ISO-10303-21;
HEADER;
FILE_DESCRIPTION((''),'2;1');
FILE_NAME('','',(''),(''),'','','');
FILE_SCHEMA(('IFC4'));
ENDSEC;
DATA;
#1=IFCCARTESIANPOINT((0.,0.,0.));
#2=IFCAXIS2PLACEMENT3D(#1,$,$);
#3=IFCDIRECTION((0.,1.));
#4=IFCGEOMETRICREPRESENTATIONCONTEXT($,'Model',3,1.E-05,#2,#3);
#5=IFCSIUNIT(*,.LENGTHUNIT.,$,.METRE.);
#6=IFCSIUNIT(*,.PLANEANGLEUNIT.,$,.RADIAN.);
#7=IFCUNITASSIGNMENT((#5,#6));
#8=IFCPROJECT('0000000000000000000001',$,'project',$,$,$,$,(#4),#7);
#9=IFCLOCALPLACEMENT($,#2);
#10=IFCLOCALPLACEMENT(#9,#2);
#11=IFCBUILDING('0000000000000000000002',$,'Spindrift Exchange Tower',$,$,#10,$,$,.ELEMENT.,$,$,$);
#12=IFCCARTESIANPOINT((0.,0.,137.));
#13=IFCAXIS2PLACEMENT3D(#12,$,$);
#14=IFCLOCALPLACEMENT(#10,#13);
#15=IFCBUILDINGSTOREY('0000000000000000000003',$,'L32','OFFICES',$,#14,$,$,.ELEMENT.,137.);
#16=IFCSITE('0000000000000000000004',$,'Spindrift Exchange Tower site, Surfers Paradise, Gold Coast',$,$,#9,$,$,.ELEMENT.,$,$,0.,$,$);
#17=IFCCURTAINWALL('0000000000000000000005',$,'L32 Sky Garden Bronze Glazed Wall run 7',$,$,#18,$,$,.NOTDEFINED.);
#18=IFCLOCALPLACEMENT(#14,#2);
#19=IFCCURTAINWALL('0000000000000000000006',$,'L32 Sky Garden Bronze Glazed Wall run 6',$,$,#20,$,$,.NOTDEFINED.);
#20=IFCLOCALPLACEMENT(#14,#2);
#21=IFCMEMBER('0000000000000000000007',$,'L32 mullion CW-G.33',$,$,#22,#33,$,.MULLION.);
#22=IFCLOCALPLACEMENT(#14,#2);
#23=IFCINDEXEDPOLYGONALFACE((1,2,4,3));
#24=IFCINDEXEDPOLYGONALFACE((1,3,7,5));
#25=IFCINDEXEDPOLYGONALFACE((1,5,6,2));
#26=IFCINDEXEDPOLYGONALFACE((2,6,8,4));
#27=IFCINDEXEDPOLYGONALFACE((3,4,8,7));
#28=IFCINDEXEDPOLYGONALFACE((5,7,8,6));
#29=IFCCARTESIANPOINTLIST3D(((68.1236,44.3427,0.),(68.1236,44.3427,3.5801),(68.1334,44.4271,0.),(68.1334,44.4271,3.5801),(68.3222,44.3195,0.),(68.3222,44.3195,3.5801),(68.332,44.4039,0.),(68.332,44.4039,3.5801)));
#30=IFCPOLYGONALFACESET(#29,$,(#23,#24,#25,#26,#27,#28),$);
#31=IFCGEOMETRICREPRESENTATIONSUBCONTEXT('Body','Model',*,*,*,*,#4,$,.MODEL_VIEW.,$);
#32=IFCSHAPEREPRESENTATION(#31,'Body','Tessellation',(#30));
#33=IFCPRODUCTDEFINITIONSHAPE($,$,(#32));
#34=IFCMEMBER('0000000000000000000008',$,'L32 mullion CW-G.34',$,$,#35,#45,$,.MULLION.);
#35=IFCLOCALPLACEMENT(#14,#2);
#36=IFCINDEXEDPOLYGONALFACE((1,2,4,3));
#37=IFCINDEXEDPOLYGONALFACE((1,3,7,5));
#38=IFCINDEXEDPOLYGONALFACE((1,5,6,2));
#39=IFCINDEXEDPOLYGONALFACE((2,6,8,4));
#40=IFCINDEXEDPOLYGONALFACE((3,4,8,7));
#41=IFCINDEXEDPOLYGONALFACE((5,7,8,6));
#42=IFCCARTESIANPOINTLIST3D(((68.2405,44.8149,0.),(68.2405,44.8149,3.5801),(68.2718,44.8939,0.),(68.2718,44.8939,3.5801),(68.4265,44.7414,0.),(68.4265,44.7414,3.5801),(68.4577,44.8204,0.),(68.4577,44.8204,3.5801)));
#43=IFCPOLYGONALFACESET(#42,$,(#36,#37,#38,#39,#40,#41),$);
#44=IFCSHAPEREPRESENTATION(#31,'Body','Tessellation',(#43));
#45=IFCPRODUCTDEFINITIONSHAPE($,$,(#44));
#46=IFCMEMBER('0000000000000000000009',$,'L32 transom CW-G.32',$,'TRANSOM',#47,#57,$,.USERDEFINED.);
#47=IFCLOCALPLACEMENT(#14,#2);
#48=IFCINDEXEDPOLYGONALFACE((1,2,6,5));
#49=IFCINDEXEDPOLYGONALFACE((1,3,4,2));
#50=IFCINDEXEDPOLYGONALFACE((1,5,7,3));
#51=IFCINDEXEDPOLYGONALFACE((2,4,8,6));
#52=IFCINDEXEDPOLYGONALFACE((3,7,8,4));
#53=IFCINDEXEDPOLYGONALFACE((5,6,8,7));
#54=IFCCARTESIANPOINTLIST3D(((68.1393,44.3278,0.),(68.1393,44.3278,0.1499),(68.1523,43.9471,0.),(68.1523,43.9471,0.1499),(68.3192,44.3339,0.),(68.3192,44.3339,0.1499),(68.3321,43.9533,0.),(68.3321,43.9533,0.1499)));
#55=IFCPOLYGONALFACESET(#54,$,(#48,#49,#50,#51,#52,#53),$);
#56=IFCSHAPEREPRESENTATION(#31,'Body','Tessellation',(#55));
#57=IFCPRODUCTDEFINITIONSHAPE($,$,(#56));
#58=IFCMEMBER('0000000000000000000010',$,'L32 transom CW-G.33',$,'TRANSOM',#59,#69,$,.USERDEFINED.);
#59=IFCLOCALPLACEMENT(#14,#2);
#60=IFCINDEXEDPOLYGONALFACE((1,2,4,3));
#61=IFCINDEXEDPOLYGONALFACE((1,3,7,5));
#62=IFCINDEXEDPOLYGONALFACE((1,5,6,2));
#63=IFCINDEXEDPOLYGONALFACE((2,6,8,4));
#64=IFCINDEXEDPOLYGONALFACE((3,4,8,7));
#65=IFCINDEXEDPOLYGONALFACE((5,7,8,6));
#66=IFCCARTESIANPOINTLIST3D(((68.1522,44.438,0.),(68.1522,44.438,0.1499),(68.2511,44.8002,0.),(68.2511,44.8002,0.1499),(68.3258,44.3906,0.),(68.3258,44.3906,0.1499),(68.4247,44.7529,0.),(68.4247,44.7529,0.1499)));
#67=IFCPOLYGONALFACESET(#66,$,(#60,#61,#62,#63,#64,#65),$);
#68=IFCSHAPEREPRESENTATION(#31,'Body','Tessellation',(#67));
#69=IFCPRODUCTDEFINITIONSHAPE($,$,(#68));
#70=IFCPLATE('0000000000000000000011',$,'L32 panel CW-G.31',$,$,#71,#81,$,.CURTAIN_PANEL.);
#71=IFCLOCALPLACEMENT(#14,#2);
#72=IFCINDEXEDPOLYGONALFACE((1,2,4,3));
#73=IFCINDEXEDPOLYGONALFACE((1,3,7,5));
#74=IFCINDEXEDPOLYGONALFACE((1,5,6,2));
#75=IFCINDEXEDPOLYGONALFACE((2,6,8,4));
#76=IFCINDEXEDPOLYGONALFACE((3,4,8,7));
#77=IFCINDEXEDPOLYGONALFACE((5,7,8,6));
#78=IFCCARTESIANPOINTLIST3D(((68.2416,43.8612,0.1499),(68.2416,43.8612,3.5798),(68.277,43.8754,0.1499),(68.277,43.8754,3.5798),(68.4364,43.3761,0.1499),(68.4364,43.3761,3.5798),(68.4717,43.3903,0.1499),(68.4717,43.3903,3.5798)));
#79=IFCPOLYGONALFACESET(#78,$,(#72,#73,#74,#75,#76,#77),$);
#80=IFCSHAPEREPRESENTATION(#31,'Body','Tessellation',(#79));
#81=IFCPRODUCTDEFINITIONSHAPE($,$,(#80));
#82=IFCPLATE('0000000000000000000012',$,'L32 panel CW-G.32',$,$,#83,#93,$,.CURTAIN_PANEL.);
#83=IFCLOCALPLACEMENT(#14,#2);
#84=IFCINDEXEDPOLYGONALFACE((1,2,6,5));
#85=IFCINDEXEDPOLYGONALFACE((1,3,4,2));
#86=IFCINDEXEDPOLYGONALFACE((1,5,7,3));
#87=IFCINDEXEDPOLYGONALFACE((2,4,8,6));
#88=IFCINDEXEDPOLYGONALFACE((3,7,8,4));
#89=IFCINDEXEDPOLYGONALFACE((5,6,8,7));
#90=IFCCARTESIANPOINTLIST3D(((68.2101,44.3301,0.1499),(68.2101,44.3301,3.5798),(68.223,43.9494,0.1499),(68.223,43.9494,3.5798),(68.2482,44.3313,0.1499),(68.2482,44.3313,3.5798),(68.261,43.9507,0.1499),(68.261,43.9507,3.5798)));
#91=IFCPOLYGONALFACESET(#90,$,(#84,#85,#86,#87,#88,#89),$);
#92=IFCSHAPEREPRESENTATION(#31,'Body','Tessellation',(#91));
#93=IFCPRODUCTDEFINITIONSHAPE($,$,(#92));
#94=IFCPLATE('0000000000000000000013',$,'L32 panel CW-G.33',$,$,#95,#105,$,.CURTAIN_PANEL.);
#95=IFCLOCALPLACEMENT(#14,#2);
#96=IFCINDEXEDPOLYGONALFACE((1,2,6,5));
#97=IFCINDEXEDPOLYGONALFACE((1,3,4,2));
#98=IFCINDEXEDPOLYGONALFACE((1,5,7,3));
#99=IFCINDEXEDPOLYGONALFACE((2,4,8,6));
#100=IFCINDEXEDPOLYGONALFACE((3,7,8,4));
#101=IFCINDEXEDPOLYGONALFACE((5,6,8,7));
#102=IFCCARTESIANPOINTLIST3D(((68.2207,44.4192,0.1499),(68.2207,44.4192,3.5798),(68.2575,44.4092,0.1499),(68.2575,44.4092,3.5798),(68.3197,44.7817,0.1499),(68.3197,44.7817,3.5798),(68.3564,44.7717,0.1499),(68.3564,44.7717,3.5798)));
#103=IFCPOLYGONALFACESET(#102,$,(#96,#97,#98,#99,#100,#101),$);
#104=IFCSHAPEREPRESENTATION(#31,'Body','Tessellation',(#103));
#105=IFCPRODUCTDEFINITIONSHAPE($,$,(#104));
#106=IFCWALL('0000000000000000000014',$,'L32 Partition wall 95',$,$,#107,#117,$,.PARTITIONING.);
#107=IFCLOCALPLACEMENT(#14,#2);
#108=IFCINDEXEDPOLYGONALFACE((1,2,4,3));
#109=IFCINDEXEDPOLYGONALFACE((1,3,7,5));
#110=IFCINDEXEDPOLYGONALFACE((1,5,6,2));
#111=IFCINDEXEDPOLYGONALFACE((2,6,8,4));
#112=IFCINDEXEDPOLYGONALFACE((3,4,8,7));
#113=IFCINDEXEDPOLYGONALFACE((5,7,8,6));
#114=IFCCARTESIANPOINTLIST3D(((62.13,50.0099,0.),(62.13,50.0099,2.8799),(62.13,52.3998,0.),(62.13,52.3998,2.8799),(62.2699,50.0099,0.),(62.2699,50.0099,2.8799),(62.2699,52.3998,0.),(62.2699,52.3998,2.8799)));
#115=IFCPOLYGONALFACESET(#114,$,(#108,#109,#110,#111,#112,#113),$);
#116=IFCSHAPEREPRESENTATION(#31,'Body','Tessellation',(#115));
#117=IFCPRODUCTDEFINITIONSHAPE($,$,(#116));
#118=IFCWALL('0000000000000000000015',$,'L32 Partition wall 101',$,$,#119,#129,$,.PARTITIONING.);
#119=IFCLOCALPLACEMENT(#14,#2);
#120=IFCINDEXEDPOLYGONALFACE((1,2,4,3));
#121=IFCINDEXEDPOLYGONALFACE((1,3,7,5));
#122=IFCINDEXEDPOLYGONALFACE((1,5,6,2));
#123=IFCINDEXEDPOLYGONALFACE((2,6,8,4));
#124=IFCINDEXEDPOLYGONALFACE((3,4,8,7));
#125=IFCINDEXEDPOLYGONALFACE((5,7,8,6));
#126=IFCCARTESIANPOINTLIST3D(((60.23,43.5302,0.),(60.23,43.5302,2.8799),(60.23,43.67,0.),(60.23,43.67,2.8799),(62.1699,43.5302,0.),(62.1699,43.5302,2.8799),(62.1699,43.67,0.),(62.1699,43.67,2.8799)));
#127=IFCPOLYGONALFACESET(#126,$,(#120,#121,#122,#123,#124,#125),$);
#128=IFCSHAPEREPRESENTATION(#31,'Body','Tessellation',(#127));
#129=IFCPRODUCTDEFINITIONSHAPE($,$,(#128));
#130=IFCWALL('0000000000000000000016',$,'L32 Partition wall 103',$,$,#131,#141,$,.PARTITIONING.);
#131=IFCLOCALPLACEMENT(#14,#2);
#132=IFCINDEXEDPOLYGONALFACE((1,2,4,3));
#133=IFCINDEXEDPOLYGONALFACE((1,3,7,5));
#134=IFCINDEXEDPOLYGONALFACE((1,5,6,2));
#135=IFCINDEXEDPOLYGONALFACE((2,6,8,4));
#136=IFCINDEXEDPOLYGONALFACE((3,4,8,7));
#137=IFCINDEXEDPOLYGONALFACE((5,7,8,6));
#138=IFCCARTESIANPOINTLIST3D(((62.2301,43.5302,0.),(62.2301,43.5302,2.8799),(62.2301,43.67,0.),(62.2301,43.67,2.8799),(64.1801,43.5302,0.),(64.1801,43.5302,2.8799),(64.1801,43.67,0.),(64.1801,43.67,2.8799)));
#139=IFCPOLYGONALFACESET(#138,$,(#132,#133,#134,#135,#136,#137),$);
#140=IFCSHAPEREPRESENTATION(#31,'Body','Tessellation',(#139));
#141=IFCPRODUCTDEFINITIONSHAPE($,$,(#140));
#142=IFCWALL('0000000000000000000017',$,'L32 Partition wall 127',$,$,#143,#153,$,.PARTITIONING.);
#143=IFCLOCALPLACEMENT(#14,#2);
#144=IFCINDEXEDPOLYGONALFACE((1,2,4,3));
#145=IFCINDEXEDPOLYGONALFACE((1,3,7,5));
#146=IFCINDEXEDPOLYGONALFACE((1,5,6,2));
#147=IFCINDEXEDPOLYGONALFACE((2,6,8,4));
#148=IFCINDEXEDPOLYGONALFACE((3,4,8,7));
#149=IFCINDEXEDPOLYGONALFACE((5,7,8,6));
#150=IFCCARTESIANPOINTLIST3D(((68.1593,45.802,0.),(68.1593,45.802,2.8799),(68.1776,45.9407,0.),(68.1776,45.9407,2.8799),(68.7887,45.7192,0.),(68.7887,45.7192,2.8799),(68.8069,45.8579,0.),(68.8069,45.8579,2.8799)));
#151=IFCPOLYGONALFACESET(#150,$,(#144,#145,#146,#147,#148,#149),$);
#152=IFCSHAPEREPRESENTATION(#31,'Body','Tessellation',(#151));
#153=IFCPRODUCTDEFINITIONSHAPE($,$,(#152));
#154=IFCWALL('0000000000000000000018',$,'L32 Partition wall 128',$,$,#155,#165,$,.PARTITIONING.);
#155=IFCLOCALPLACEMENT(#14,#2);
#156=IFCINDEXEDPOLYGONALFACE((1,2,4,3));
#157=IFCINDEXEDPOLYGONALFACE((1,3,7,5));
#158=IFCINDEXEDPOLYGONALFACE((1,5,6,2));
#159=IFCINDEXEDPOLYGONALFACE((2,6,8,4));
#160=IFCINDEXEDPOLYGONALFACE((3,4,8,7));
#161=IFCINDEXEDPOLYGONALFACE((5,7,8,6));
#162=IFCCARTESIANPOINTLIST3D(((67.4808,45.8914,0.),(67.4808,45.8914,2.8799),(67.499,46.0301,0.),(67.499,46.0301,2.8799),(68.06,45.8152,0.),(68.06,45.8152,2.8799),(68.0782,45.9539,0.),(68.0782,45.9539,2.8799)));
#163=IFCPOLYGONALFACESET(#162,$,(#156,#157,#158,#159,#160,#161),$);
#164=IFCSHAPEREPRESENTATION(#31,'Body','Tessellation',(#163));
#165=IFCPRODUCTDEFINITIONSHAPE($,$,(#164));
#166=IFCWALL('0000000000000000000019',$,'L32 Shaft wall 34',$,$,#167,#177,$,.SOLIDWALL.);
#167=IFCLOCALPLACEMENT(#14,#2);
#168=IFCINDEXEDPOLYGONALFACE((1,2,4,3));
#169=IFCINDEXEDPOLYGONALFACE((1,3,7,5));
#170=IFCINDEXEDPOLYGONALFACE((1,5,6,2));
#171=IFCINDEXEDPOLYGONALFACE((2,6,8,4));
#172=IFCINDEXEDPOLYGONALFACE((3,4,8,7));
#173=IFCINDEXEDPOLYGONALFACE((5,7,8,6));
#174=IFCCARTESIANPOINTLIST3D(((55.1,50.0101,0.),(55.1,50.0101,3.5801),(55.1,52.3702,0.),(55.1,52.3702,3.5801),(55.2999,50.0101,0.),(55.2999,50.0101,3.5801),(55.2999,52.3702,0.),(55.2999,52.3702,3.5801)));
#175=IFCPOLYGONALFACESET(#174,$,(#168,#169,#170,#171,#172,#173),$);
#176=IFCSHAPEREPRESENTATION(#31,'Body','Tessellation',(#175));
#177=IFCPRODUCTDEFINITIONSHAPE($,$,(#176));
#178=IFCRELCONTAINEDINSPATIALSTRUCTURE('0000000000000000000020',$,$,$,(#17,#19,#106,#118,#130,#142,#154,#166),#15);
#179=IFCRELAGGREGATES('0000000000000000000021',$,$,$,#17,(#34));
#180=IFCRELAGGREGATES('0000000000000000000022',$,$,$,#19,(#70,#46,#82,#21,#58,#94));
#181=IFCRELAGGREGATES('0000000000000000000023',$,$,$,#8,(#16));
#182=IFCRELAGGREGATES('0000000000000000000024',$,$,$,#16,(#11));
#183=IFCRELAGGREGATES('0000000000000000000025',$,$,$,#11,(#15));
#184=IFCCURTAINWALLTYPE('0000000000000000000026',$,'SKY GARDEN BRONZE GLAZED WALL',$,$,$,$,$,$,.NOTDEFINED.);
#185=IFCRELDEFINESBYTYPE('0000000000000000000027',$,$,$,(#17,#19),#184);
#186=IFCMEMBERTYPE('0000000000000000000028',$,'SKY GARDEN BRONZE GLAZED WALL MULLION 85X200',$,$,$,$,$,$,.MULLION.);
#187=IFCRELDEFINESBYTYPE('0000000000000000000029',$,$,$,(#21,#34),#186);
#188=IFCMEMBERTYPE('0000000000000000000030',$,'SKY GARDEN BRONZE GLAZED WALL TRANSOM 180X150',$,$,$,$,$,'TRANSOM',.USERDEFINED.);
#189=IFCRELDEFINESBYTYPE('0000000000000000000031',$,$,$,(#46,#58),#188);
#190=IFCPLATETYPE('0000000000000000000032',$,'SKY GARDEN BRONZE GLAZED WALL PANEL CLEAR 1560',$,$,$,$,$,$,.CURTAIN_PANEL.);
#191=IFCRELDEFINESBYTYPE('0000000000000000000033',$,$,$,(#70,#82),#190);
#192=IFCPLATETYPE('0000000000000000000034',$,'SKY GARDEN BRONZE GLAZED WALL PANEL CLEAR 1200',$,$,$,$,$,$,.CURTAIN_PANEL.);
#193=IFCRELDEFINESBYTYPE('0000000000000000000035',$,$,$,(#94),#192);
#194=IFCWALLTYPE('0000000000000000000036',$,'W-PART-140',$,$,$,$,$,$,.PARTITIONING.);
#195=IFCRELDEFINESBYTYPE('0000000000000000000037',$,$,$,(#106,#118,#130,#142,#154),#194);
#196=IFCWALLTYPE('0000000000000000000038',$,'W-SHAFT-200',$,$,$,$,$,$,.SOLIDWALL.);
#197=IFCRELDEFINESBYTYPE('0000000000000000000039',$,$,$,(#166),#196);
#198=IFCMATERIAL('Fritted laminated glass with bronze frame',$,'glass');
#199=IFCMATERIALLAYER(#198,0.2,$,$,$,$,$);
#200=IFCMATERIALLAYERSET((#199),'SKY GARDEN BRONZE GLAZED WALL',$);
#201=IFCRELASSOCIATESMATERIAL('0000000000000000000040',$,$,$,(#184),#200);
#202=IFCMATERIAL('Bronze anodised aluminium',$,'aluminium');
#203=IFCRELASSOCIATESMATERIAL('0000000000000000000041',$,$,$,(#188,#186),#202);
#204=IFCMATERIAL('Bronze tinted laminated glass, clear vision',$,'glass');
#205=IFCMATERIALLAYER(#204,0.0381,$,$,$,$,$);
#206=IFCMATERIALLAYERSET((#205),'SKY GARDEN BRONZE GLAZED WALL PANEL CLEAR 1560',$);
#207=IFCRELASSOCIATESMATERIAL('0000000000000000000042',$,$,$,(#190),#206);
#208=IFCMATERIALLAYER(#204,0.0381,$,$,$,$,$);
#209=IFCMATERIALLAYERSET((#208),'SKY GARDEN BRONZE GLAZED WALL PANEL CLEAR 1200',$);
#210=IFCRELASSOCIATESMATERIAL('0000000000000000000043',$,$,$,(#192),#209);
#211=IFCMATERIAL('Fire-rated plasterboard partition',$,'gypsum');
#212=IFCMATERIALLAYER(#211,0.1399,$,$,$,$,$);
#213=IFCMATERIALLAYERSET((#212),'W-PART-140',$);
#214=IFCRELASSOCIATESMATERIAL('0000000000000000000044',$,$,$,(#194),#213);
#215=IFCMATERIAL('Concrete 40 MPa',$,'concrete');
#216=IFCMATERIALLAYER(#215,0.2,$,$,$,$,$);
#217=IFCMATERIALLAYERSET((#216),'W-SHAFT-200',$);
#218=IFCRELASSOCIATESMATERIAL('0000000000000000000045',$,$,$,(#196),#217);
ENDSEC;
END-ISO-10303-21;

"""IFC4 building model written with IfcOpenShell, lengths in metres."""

from ifc_helpers import new_model, si_unit, direction, frame, frame_2d, origin, origin_2d, place, context, subcontext, project, spatial, rectangle, extrude, source, transform, mapped, material, layer, layer_set, material_profile, profile_set, type_object, element, aggregate, save


model = new_model("IFC4")

# Units and contexts
model_context = context("Model", 3, precision=1e-05, world=origin(), true_north=direction((0.0, 1.0)))
body_context = subcontext(model_context, "Body", "Model", "MODEL_VIEW")
ifc_project = project(units=[si_unit("LENGTHUNIT", "METRE"), si_unit("PLANEANGLEUNIT", "RADIAN")], contexts=[model_context])

# Site, building, storey
site_placement = place(None, origin())
site = spatial("IfcSite", under=ifc_project, at=site_placement, Name="Spindrift Exchange Tower site, Surfers Paradise, Gold Coast", CompositionType="ELEMENT", RefElevation=0.0)
building_placement = place(site_placement, origin())
building = spatial("IfcBuilding", under=site, at=building_placement, Name="Spindrift Exchange Tower", CompositionType="ELEMENT")
storey_placement = place(building_placement, frame((0.0, 0.0, 137.0)))
storey = spatial("IfcBuildingStorey", under=building, at=storey_placement, Name="L32", Description="OFFICES", CompositionType="ELEMENT", Elevation=137.0)

# Curtain wall
ifc_material_1 = material(Name="Fritted laminated glass with bronze frame", Category="glass")
ifc_layer_1 = layer(ifc_material_1, 0.2)
ifc_layer_set_1 = layer_set([ifc_layer_1], Name="SKY GARDEN BRONZE GLAZED WALL")
curtain_wall_type = type_object("IfcCurtainWallType", Name="SKY GARDEN BRONZE GLAZED WALL", PredefinedType="NOTDEFINED", material=ifc_layer_set_1)
curtain_wall_1_placement = place(storey_placement, origin())
curtain_wall_1 = element("IfcCurtainWall", 1, at=curtain_wall_1_placement, inside=storey, type_object=curtain_wall_type, Name="L32 Sky Garden Bronze Glazed Wall run 7", PredefinedType="NOTDEFINED")
ifc_material_2 = material(Name="Bronze anodised aluminium", Category="aluminium")
ifc_material_profile_1 = material_profile(ifc_material_2, rectangle(XDim=0.1799, YDim=0.1499, at=origin_2d()), Name="SKY GARDEN BRONZE GLAZED WALL TRANSOM 180X150")
ifc_profile_set_1 = profile_set([ifc_material_profile_1], Name="Bronze anodised aluminium")
member_type_1 = type_object("IfcMemberType", Name="SKY GARDEN BRONZE GLAZED WALL TRANSOM 180X150", ElementType="TRANSOM", PredefinedType="USERDEFINED", material=ifc_profile_set_1)

# Curtain wall, member
curtain_wall_2_placement = place(storey_placement, origin())
curtain_wall_2 = element("IfcCurtainWall", 2, at=curtain_wall_2_placement, inside=storey, type_object=curtain_wall_type, Name="L32 Sky Garden Bronze Glazed Wall run 6", PredefinedType="NOTDEFINED")
ifc_material_profile_2 = material_profile(ifc_material_2, rectangle(XDim=0.085, YDim=0.2, at=origin_2d()), Name="SKY GARDEN BRONZE GLAZED WALL MULLION 85X200")
ifc_profile_set_2 = profile_set([ifc_material_profile_2], Name="Bronze anodised aluminium")
member_type_2 = type_object("IfcMemberType", Name="SKY GARDEN BRONZE GLAZED WALL MULLION 85X200", PredefinedType="MULLION", material=ifc_profile_set_2)
shared_shape_1 = source(origin(), body_context, "Body", "SweptSolid", [
    extrude(rectangle(XDim=0.085, YDim=0.2, at=origin_2d()), origin(), (0.0, 0.0, 1.0), 3.5801),
])
member_1_placement = place(storey_placement, frame((68.2278, 44.3733, 0.0), z_axis=(0.0, 0.0, 1.0), x_axis=(0.116083, 0.99324, 0.0)))
member_1 = element("IfcMember", 3, at=member_1_placement, type_object=member_type_2, Name="L32 mullion CW-G.33", PredefinedType="MULLION", context=body_context, shape_type="MappedRepresentation", body=[
    mapped(shared_shape_1, transform((0.0, 0.0, 0.0), scale=1.0)),
])

# Members
member_2_placement = place(storey_placement, frame((68.3491, 44.8176, 0.0), z_axis=(0.0, 0.0, 1.0), x_axis=(0.367683, 0.929951, 0.0)))
member_2 = element("IfcMember", 4, at=member_2_placement, type_object=member_type_2, Name="L32 mullion CW-G.34", PredefinedType="MULLION", context=body_context, shape_type="MappedRepresentation", body=[
    mapped(shared_shape_1, transform((0.0, 0.0, 0.0), scale=1.0)),
])
aggregate(curtain_wall_1, [member_2])
shared_shape_2 = source(origin(), body_context, "Body", "SweptSolid", [
    extrude(rectangle(XDim=0.1799, YDim=0.1499, at=origin_2d()), origin(), (0.0, 0.0, 1.0), 0.3809),
])
member_3_placement = place(storey_placement, frame((68.2422, 43.9502, 0.075), z_axis=(-0.033977, 0.999423, 0.0), x_axis=(-0.999423, -0.033977, 0.0)))
member_3 = element("IfcMember", 5, at=member_3_placement, type_object=member_type_1, Name="L32 transom CW-G.32", ObjectType="TRANSOM", PredefinedType="USERDEFINED", context=body_context, shape_type="MappedRepresentation", body=[
    mapped(shared_shape_2, transform((0.0, 0.0, 0.0), scale=1.0)),
])
shared_shape_3 = source(origin(), body_context, "Body", "SweptSolid", [
    extrude(rectangle(XDim=0.1799, YDim=0.1499, at=origin_2d()), origin(), (0.0, 0.0, 1.0), 0.3755),
])
member_4_placement = place(storey_placement, frame((68.239, 44.4143, 0.075), z_axis=(0.263282, 0.964719, 0.0), x_axis=(-0.964719, 0.263282, 0.0)))
member_4 = element("IfcMember", 6, at=member_4_placement, type_object=member_type_1, Name="L32 transom CW-G.33", ObjectType="TRANSOM", PredefinedType="USERDEFINED", context=body_context, shape_type="MappedRepresentation", body=[
    mapped(shared_shape_3, transform((0.0, 0.0, 0.0), scale=1.0)),
])

# Plates
ifc_material_3 = material(Name="Bronze tinted laminated glass, clear vision", Category="glass")
ifc_layer_2 = layer(ifc_material_3, 0.0381)
ifc_layer_set_2 = layer_set([ifc_layer_2], Name="SKY GARDEN BRONZE GLAZED WALL PANEL CLEAR 1560")
plate_type_1 = type_object("IfcPlateType", Name="SKY GARDEN BRONZE GLAZED WALL PANEL CLEAR 1560", PredefinedType="CURTAIN_PANEL", material=ifc_layer_set_2)
shared_shape_4 = source(origin(), body_context, "Body", "SweptSolid", [
    extrude(rectangle(XDim=0.5227, YDim=0.0381, at=origin_2d()), origin(), (0.0, 0.0, 1.0), 3.4299),
])
plate_1_placement = place(storey_placement, frame((68.3567, 43.6257, 0.1499), z_axis=(0.0, 0.0, 1.0), x_axis=(-0.372581, 0.928, 0.0)))
plate_1 = element("IfcPlate", 7, at=plate_1_placement, type_object=plate_type_1, Name="L32 panel CW-G.31", PredefinedType="CURTAIN_PANEL", context=body_context, shape_type="MappedRepresentation", body=[
    mapped(shared_shape_4, transform((0.0, 0.0, 0.0), scale=1.0)),
])
shared_shape_5 = source(origin(), body_context, "Body", "SweptSolid", [
    extrude(rectangle(XDim=0.3809, YDim=0.0381, at=origin_2d()), origin(), (0.0, 0.0, 1.0), 3.4299),
])
plate_2_placement = place(storey_placement, frame((68.2356, 44.1404, 0.1499), z_axis=(0.0, 0.0, 1.0), x_axis=(-0.033708, 0.999432, 0.0)))
plate_2 = element("IfcPlate", 8, at=plate_2_placement, type_object=plate_type_1, Name="L32 panel CW-G.32", PredefinedType="CURTAIN_PANEL", context=body_context, shape_type="MappedRepresentation", body=[
    mapped(shared_shape_5, transform((0.0, 0.0, 0.0), scale=1.0)),
])
ifc_layer_3 = layer(ifc_material_3, 0.0381)
ifc_layer_set_3 = layer_set([ifc_layer_3], Name="SKY GARDEN BRONZE GLAZED WALL PANEL CLEAR 1200")
plate_type_2 = type_object("IfcPlateType", Name="SKY GARDEN BRONZE GLAZED WALL PANEL CLEAR 1200", PredefinedType="CURTAIN_PANEL", material=ifc_layer_set_3)
shared_shape_6 = source(origin(), body_context, "Body", "SweptSolid", [
    extrude(rectangle(XDim=0.3757, YDim=0.0381, at=origin_2d()), origin(), (0.0, 0.0, 1.0), 3.4299),
])
plate_3_placement = place(storey_placement, frame((68.2886, 44.5955, 0.1499), z_axis=(0.0, 0.0, 1.0), x_axis=(0.263264, 0.964724, 0.0)))
plate_3 = element("IfcPlate", 9, at=plate_3_placement, type_object=plate_type_2, Name="L32 panel CW-G.33", PredefinedType="CURTAIN_PANEL", context=body_context, shape_type="MappedRepresentation", body=[
    mapped(shared_shape_6, transform((0.0, 0.0, 0.0), scale=1.0)),
])
aggregate(curtain_wall_2, [plate_1, member_3, plate_2, member_1, member_4, plate_3])

# Walls
ifc_material_4 = material(Name="Fire-rated plasterboard partition", Category="gypsum")
ifc_layer_4 = layer(ifc_material_4, 0.1399)
ifc_layer_set_4 = layer_set([ifc_layer_4], Name="W-PART-140")
wall_type_1 = type_object("IfcWallType", Name="W-PART-140", PredefinedType="PARTITIONING", material=ifc_layer_set_4)
wall_1_placement = place(storey_placement, frame((62.2, 50.01, 0.0), z_axis=(0.0, 0.0, 1.0), x_axis=(0.0, 1.0, 0.0)))
element("IfcWall", 10, at=wall_1_placement, inside=storey, type_object=wall_type_1, Name="L32 Partition wall 95", PredefinedType="PARTITIONING", context=body_context, shape_type="SweptSolid", body=[
    extrude(rectangle(XDim=2.3899, YDim=0.1399, at=frame_2d((1.1948, 0.0))), origin(), (0.0, 0.0, 1.0), 2.8799),
])
wall_2_placement = place(storey_placement, frame((60.23, 43.6001, 0.0), z_axis=(0.0, 0.0, 1.0), x_axis=(1.0, 0.0, 0.0)))
element("IfcWall", 11, at=wall_2_placement, inside=storey, type_object=wall_type_1, Name="L32 Partition wall 101", PredefinedType="PARTITIONING", context=body_context, shape_type="SweptSolid", body=[
    extrude(rectangle(XDim=1.9399, YDim=0.1399, at=frame_2d((0.97, 0.0))), origin(), (0.0, 0.0, 1.0), 2.8799),
])
wall_3_placement = place(storey_placement, frame((62.23, 43.6001, 0.0), z_axis=(0.0, 0.0, 1.0), x_axis=(1.0, 0.0, 0.0)))
element("IfcWall", 12, at=wall_3_placement, inside=storey, type_object=wall_type_1, Name="L32 Partition wall 103", PredefinedType="PARTITIONING", context=body_context, shape_type="SweptSolid", body=[
    extrude(rectangle(XDim=1.95, YDim=0.1399, at=frame_2d((0.9751, 0.0))), origin(), (0.0, 0.0, 1.0), 2.8799),
])
wall_4_placement = place(storey_placement, frame((68.1685, 45.8713, 0.0), z_axis=(0.0, 0.0, 1.0), x_axis=(0.991465, -0.130375, 0.0)))
element("IfcWall", 13, at=wall_4_placement, inside=storey, type_object=wall_type_1, Name="L32 Partition wall 127", PredefinedType="PARTITIONING", context=body_context, shape_type="SweptSolid", body=[
    extrude(rectangle(XDim=0.6348, YDim=0.1399, at=frame_2d((0.3174, 0.0))), origin(), (0.0, 0.0, 1.0), 2.8799),
])
wall_5_placement = place(storey_placement, frame((67.49, 45.9607, 0.0), z_axis=(0.0, 0.0, 1.0), x_axis=(0.991467, -0.130357, 0.0)))
element("IfcWall", 14, at=wall_5_placement, inside=storey, type_object=wall_type_1, Name="L32 Partition wall 128", PredefinedType="PARTITIONING", context=body_context, shape_type="SweptSolid", body=[
    extrude(rectangle(XDim=0.5842, YDim=0.1399, at=frame_2d((0.292, 0.0))), origin(), (0.0, 0.0, 1.0), 2.8799),
])
ifc_material_5 = material(Name="Concrete 40 MPa", Category="concrete")
ifc_layer_5 = layer(ifc_material_5, 0.2)
ifc_layer_set_5 = layer_set([ifc_layer_5], Name="W-SHAFT-200")
wall_type_2 = type_object("IfcWallType", Name="W-SHAFT-200", PredefinedType="SOLIDWALL", material=ifc_layer_set_5)
wall_6_placement = place(storey_placement, frame((55.2, 50.01, 0.0), z_axis=(0.0, 0.0, 1.0), x_axis=(0.0, 1.0, 0.0)))
element("IfcWall", 15, at=wall_6_placement, inside=storey, type_object=wall_type_2, Name="L32 Shaft wall 34", PredefinedType="SOLIDWALL", context=body_context, shape_type="SweptSolid", body=[
    extrude(rectangle(XDim=2.3601, YDim=0.2, at=frame_2d((1.1802, 0.0))), origin(), (0.0, 0.0, 1.0), 3.5801),
])

save(model, "model.ifc")
